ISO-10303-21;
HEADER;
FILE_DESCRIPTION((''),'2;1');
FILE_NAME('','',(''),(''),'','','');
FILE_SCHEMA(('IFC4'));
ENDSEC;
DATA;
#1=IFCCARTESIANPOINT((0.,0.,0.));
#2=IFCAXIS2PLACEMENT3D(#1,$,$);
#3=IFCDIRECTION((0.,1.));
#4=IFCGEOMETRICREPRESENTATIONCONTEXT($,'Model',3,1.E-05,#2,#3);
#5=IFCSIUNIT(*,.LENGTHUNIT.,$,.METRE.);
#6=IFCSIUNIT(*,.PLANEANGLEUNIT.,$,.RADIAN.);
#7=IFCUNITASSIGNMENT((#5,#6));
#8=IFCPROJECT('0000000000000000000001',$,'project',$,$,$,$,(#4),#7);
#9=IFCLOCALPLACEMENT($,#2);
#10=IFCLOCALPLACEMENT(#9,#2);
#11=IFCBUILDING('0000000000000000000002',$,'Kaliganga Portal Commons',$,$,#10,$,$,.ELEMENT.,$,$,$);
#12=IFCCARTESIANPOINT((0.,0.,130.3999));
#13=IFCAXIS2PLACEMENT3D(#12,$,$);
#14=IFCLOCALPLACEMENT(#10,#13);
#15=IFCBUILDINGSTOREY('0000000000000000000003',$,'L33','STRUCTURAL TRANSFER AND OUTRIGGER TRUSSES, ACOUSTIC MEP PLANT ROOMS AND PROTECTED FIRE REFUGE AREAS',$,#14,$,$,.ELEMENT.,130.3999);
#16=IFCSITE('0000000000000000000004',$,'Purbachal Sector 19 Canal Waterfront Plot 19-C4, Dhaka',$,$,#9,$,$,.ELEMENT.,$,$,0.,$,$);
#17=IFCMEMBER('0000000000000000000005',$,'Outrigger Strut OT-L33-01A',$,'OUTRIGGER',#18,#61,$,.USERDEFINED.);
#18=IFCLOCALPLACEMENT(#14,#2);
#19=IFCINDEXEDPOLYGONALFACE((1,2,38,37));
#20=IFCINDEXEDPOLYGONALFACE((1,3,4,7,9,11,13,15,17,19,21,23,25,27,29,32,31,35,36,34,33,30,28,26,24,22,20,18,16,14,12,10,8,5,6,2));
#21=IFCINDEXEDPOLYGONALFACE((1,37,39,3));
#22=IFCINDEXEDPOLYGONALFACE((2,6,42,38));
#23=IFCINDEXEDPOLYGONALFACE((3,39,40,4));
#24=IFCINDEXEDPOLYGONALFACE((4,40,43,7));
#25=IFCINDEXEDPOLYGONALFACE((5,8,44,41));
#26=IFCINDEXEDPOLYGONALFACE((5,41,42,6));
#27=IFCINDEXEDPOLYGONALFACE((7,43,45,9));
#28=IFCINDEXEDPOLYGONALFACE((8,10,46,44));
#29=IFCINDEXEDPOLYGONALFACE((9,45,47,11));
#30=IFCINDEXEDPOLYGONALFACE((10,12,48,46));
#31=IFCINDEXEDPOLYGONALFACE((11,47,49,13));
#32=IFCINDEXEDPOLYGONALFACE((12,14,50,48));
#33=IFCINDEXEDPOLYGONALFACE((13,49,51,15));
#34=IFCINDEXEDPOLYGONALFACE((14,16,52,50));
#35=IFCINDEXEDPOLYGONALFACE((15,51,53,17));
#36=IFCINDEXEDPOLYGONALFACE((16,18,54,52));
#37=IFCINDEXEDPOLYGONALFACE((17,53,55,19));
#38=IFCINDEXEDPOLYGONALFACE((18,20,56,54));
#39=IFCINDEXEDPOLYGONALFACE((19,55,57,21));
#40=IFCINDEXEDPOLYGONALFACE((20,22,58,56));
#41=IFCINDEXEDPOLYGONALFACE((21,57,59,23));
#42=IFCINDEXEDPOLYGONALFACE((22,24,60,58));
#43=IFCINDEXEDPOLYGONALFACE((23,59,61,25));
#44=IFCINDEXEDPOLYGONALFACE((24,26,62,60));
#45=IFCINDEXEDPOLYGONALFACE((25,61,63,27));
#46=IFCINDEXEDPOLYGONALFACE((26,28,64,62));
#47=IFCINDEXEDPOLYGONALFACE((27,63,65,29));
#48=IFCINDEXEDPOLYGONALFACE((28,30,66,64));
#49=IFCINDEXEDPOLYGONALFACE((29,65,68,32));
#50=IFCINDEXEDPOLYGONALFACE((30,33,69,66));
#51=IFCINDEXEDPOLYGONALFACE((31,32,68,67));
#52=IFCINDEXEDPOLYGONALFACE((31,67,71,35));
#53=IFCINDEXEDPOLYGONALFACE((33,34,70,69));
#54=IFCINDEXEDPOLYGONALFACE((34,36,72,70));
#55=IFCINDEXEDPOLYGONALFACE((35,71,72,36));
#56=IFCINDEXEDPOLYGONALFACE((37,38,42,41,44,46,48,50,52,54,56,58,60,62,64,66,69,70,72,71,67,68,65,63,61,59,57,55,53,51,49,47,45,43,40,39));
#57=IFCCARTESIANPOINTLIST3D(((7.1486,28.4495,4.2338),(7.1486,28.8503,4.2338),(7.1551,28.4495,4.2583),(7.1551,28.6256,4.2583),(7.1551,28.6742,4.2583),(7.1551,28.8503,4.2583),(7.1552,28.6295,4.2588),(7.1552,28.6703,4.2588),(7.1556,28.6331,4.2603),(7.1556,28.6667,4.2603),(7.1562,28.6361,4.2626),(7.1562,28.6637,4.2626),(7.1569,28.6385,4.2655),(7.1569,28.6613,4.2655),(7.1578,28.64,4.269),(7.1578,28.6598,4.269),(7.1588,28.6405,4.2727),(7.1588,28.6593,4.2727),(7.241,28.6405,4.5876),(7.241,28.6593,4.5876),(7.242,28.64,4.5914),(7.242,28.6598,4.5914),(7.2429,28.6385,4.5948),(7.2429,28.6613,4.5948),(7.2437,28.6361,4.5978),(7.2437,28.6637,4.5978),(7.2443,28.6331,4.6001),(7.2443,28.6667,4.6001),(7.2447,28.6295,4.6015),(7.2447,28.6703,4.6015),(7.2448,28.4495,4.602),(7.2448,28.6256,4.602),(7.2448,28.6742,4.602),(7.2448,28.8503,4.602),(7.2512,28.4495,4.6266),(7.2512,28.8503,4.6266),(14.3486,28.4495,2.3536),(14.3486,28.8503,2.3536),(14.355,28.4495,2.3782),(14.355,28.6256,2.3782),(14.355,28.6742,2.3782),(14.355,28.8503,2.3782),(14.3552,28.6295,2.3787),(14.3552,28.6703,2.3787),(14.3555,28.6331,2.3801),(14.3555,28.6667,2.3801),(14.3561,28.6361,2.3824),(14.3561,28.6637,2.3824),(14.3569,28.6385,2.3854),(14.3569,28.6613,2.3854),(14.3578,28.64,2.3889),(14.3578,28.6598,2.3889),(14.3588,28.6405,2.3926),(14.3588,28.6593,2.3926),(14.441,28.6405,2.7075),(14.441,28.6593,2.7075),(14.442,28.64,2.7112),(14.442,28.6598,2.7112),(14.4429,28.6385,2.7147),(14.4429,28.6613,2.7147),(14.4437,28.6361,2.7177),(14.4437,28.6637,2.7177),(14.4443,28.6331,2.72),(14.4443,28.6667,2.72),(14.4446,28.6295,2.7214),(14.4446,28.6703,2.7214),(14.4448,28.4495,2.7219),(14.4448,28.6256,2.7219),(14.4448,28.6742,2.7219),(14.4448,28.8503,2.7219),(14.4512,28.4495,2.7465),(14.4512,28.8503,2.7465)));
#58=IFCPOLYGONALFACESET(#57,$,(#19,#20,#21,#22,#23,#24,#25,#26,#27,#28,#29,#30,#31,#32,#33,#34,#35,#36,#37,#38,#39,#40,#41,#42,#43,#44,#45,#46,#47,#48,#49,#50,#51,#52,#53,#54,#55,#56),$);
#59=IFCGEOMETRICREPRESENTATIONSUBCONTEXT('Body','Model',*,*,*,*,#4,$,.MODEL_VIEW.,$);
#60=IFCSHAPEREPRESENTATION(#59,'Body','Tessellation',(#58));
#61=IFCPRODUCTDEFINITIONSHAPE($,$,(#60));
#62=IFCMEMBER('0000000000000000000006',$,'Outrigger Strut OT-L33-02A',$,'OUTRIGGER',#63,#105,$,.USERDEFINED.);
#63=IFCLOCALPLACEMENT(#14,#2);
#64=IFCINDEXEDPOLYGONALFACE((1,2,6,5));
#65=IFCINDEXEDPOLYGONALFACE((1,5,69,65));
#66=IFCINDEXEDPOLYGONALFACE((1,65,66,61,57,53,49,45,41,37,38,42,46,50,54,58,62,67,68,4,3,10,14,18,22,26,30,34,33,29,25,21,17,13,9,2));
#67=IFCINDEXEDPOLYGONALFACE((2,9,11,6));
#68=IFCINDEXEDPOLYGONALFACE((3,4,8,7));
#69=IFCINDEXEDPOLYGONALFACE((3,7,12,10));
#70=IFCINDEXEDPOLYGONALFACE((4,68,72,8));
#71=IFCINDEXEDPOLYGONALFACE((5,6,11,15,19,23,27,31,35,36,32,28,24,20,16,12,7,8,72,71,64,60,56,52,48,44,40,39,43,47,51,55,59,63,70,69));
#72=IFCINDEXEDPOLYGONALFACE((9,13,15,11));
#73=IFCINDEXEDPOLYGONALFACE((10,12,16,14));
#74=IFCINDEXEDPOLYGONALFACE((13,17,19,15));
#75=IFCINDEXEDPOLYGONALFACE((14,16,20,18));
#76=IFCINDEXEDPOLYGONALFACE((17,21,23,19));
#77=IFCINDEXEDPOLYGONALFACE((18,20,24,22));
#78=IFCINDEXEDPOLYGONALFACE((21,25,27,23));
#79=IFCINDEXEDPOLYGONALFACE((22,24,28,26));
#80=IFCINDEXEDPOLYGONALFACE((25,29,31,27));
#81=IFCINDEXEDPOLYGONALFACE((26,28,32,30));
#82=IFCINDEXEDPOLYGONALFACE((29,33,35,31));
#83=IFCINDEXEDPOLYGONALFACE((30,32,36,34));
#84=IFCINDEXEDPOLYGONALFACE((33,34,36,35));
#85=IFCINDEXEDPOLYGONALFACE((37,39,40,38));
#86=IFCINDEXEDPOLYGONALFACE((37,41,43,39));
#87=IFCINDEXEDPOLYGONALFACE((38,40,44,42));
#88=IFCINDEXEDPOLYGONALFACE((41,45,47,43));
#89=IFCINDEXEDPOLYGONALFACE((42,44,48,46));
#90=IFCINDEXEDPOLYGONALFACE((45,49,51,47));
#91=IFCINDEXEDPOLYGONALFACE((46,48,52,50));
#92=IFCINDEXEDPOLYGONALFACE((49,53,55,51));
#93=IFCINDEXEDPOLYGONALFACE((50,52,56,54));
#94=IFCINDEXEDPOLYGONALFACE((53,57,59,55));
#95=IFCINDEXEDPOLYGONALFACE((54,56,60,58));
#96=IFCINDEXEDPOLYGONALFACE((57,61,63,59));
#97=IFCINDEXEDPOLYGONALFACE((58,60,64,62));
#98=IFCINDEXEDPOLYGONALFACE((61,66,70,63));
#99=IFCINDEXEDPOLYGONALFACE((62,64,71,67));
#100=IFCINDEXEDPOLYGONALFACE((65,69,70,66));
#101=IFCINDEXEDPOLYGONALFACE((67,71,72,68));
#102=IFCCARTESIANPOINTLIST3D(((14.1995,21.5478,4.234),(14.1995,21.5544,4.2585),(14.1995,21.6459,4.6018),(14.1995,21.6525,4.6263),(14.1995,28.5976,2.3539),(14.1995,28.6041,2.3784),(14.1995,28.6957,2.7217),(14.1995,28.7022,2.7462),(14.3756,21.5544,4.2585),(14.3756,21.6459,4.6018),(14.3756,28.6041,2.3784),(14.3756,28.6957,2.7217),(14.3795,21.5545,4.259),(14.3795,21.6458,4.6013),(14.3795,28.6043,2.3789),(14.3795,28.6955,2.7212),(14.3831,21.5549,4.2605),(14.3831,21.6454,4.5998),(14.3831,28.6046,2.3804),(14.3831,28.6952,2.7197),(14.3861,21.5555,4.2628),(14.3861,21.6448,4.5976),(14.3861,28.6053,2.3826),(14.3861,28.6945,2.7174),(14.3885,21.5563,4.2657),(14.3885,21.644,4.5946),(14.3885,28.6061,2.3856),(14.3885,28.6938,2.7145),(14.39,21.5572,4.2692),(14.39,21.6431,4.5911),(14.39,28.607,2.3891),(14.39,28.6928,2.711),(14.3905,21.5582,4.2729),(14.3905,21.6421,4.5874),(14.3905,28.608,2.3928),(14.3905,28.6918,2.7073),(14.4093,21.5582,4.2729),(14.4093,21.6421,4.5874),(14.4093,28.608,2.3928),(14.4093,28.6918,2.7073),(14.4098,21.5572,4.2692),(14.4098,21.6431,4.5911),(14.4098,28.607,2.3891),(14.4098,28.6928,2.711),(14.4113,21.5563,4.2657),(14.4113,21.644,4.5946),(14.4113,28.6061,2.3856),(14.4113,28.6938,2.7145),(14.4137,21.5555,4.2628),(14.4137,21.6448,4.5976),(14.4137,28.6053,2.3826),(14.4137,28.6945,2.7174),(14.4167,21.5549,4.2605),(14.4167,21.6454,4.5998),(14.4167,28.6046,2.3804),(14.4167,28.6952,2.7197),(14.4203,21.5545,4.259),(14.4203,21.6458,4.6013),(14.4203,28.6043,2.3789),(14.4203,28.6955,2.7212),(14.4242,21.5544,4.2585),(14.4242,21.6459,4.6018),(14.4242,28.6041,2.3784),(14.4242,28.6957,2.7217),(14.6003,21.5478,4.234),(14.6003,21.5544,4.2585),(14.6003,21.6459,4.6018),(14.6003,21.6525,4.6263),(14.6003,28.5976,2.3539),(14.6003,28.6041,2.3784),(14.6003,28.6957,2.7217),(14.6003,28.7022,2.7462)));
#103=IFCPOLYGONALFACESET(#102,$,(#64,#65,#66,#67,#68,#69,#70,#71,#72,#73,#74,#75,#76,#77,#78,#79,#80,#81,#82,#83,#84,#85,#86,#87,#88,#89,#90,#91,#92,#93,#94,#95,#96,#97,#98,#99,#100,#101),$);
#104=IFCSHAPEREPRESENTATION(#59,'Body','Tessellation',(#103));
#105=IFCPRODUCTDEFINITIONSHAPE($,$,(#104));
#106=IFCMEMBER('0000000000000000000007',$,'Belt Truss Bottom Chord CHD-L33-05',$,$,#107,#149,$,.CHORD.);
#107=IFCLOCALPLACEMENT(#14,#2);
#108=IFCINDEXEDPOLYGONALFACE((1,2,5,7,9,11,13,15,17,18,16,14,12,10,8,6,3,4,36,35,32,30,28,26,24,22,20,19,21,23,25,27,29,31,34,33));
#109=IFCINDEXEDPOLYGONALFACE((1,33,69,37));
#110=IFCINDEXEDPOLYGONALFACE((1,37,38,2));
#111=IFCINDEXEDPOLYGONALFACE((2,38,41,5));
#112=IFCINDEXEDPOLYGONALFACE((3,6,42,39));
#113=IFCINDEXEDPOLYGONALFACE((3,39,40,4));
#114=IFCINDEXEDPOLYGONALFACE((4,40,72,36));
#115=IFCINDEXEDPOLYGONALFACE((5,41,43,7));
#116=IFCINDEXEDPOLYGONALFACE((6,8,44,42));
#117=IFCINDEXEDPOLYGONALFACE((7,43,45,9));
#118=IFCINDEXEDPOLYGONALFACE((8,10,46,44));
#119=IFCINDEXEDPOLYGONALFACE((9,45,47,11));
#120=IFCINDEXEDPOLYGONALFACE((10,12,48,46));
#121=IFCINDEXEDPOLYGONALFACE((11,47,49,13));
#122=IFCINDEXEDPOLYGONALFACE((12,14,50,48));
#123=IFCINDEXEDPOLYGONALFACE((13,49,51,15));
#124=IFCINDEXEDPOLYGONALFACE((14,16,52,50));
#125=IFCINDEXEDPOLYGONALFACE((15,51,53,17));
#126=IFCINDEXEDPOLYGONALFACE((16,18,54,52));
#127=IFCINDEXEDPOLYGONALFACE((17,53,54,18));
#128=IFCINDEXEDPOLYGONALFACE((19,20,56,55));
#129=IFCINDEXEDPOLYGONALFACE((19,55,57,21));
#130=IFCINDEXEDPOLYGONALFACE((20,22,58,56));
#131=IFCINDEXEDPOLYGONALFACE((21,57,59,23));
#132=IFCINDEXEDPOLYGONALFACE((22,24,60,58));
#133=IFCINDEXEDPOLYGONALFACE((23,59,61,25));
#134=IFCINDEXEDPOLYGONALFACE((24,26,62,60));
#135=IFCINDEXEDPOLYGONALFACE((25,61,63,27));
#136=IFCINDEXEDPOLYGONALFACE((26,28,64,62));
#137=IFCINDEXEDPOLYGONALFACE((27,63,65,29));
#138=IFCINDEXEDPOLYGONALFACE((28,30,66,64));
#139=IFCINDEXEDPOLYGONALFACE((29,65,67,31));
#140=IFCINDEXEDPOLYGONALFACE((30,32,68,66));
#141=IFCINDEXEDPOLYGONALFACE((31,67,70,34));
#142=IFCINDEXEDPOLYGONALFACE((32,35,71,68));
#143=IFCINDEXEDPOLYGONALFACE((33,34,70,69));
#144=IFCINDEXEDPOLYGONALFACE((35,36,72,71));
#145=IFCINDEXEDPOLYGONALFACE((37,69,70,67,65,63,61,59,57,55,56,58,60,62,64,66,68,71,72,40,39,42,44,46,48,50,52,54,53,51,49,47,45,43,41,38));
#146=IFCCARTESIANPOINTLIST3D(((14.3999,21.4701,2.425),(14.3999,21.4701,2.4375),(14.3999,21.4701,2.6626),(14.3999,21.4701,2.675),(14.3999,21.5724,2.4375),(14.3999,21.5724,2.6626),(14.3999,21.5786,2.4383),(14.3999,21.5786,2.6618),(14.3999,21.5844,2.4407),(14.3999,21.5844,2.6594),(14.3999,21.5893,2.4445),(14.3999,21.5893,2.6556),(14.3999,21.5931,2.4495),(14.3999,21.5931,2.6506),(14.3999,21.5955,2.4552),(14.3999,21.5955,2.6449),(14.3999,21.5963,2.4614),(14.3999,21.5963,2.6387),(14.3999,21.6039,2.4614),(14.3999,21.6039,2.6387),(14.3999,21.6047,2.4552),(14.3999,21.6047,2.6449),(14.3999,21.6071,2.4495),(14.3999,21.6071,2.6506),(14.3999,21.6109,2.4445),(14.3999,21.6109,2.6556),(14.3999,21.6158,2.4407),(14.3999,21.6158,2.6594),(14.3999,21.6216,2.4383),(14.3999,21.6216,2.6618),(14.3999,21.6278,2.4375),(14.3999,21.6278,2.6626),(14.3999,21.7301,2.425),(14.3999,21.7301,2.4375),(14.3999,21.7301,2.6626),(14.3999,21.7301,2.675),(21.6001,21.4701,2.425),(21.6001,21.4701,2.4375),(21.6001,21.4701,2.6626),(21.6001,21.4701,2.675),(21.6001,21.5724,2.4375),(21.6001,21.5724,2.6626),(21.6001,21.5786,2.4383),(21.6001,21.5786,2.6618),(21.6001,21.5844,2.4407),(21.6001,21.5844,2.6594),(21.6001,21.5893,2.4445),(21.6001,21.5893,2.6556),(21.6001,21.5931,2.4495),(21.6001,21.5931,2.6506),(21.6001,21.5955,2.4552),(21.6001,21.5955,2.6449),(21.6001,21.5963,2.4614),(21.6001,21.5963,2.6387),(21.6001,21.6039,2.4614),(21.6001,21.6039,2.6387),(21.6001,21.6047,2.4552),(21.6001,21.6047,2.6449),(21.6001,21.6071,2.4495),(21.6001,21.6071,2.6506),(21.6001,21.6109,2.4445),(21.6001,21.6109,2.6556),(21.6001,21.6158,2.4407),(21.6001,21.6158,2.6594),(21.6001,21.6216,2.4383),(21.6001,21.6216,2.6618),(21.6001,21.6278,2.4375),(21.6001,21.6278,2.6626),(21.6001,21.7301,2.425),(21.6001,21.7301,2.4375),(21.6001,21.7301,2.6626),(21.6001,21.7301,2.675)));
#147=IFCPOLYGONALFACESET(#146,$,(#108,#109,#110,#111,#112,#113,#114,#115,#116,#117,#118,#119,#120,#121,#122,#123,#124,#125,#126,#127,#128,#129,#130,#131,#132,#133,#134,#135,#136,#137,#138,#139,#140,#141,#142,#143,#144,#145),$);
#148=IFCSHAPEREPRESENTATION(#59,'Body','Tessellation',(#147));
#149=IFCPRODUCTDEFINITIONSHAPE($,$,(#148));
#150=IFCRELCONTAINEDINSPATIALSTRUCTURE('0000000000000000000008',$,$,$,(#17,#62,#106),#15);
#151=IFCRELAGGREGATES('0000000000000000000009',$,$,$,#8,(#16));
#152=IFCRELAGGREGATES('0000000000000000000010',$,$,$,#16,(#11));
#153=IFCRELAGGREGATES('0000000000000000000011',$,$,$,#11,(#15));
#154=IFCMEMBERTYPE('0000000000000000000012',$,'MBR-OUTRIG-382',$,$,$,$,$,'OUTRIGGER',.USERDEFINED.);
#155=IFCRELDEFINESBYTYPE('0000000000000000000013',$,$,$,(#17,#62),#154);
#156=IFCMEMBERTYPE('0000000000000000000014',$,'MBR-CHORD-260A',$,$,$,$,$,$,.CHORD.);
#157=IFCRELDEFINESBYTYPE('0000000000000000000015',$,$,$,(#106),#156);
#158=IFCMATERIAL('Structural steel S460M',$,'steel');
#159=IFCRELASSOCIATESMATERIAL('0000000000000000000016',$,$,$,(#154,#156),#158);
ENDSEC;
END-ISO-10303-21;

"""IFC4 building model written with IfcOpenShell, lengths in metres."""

from ifc_helpers import new_model, si_unit, direction, frame, origin, origin_2d, place, context, subcontext, project, spatial, i_section, extrude, source, transform, mapped, material, material_profile, profile_set, type_object, element, save


model = new_model("IFC4")

# Units and contexts
model_context = context("Model", 3, precision=1e-05, world=origin(), true_north=direction((0.0, 1.0)))
body_context = subcontext(model_context, "Body", "Model", "MODEL_VIEW")
ifc_project = project(units=[si_unit("LENGTHUNIT", "METRE"), si_unit("PLANEANGLEUNIT", "RADIAN")], contexts=[model_context])

# Site, building, storey
site_placement = place(None, origin())
site = spatial("IfcSite", under=ifc_project, at=site_placement, Name="Purbachal Sector 19 Canal Waterfront Plot 19-C4, Dhaka", CompositionType="ELEMENT", RefElevation=0.0)
building_placement = place(site_placement, origin())
building = spatial("IfcBuilding", under=site, at=building_placement, Name="Kaliganga Portal Commons", CompositionType="ELEMENT")
storey_placement = place(building_placement, frame((0.0, 0.0, 130.3999)))
storey = spatial("IfcBuildingStorey", under=building, at=storey_placement, Name="L33", Description="STRUCTURAL TRANSFER AND OUTRIGGER TRUSSES, ACOUSTIC MEP PLANT ROOMS AND PROTECTED FIRE REFUGE AREAS", CompositionType="ELEMENT", Elevation=130.3999)

# Members
ifc_material_1 = material(Name="Structural steel S460M", Category="steel")
ifc_material_profile_1 = material_profile(ifc_material_1, i_section(OverallWidth=0.4009, OverallDepth=0.406, WebThickness=0.0188, FlangeThickness=0.0254, FilletRadius=0.0149, at=origin_2d()), Name="HD 400x314")
ifc_profile_set_1 = profile_set([ifc_material_profile_1], Name="Structural steel S460M wide-flange")
member_type_1 = type_object("IfcMemberType", Name="MBR-OUTRIG-382", ElementType="OUTRIGGER", PredefinedType="USERDEFINED", material=ifc_profile_set_1)
shared_shape_1 = source(origin(), body_context, "Body", "SweptSolid", [
    extrude(i_section(OverallWidth=0.4009, OverallDepth=0.406, WebThickness=0.0188, FlangeThickness=0.0254, FilletRadius=0.0149, at=origin_2d()), origin(), (0.0, 0.0, 1.0), 7.4414),
])
member_1_placement = place(storey_placement, frame((14.3999, 28.6499, 2.55), z_axis=(-0.967556, 0.0, 0.252658), x_axis=(0.0, -1.0, 0.0)))
element("IfcMember", 1, at=member_1_placement, inside=storey, type_object=member_type_1, Name="Outrigger Strut OT-L33-01A", ObjectType="OUTRIGGER", PredefinedType="USERDEFINED", context=body_context, shape_type="MappedRepresentation", body=[
    mapped(shared_shape_1, transform((0.0, 0.0, 0.0), x_axis=(1.0, 0.0, 0.0), y_axis=(0.0, 1.0, 0.0), z_axis=(0.0, 0.0, 1.0), scale=1.0)),
])
shared_shape_2 = source(origin(), body_context, "Body", "SweptSolid", [
    extrude(i_section(OverallWidth=0.4009, OverallDepth=0.406, WebThickness=0.0188, FlangeThickness=0.0254, FilletRadius=0.0149, at=origin_2d()), origin(), (0.0, 0.0, 1.0), 7.2961),
])
member_2_placement = place(storey_placement, frame((14.3999, 28.6499, 2.55), z_axis=(0.0, -0.966229, 0.257686), x_axis=(1.0, 0.0, 0.0)))
element("IfcMember", 2, at=member_2_placement, inside=storey, type_object=member_type_1, Name="Outrigger Strut OT-L33-02A", ObjectType="OUTRIGGER", PredefinedType="USERDEFINED", context=body_context, shape_type="MappedRepresentation", body=[
    mapped(shared_shape_2, transform((0.0, 0.0, 0.0), x_axis=(1.0, 0.0, 0.0), y_axis=(0.0, 1.0, 0.0), z_axis=(0.0, 0.0, 1.0), scale=1.0)),
])
ifc_material_profile_2 = material_profile(ifc_material_1, i_section(OverallWidth=0.26, OverallDepth=0.25, WebThickness=0.0076, FlangeThickness=0.0125, FilletRadius=0.0239, at=origin_2d()), Name="HE 260 A")
ifc_profile_set_2 = profile_set([ifc_material_profile_2], Name="Structural steel S460M wide-flange")
member_type_2 = type_object("IfcMemberType", Name="MBR-CHORD-260A", PredefinedType="CHORD", material=ifc_profile_set_2)
shared_shape_3 = source(origin(), body_context, "Body", "SweptSolid", [
    extrude(i_section(OverallWidth=0.26, OverallDepth=0.25, WebThickness=0.0076, FlangeThickness=0.0125, FilletRadius=0.0239, at=origin_2d()), origin(), (0.0, 0.0, 1.0), 7.2002),
])
member_3_placement = place(storey_placement, frame((14.3999, 21.6001, 2.55), z_axis=(1.0, 0.0, 0.0), x_axis=(0.0, 1.0, 0.0)))
element("IfcMember", 3, at=member_3_placement, inside=storey, type_object=member_type_2, Name="Belt Truss Bottom Chord CHD-L33-05", PredefinedType="CHORD", context=body_context, shape_type="MappedRepresentation", body=[
    mapped(shared_shape_3, transform((0.0, 0.0, 0.0), x_axis=(1.0, 0.0, 0.0), y_axis=(0.0, 1.0, 0.0), z_axis=(0.0, 0.0, 1.0), scale=1.0)),
])

save(model, "model.ifc")
